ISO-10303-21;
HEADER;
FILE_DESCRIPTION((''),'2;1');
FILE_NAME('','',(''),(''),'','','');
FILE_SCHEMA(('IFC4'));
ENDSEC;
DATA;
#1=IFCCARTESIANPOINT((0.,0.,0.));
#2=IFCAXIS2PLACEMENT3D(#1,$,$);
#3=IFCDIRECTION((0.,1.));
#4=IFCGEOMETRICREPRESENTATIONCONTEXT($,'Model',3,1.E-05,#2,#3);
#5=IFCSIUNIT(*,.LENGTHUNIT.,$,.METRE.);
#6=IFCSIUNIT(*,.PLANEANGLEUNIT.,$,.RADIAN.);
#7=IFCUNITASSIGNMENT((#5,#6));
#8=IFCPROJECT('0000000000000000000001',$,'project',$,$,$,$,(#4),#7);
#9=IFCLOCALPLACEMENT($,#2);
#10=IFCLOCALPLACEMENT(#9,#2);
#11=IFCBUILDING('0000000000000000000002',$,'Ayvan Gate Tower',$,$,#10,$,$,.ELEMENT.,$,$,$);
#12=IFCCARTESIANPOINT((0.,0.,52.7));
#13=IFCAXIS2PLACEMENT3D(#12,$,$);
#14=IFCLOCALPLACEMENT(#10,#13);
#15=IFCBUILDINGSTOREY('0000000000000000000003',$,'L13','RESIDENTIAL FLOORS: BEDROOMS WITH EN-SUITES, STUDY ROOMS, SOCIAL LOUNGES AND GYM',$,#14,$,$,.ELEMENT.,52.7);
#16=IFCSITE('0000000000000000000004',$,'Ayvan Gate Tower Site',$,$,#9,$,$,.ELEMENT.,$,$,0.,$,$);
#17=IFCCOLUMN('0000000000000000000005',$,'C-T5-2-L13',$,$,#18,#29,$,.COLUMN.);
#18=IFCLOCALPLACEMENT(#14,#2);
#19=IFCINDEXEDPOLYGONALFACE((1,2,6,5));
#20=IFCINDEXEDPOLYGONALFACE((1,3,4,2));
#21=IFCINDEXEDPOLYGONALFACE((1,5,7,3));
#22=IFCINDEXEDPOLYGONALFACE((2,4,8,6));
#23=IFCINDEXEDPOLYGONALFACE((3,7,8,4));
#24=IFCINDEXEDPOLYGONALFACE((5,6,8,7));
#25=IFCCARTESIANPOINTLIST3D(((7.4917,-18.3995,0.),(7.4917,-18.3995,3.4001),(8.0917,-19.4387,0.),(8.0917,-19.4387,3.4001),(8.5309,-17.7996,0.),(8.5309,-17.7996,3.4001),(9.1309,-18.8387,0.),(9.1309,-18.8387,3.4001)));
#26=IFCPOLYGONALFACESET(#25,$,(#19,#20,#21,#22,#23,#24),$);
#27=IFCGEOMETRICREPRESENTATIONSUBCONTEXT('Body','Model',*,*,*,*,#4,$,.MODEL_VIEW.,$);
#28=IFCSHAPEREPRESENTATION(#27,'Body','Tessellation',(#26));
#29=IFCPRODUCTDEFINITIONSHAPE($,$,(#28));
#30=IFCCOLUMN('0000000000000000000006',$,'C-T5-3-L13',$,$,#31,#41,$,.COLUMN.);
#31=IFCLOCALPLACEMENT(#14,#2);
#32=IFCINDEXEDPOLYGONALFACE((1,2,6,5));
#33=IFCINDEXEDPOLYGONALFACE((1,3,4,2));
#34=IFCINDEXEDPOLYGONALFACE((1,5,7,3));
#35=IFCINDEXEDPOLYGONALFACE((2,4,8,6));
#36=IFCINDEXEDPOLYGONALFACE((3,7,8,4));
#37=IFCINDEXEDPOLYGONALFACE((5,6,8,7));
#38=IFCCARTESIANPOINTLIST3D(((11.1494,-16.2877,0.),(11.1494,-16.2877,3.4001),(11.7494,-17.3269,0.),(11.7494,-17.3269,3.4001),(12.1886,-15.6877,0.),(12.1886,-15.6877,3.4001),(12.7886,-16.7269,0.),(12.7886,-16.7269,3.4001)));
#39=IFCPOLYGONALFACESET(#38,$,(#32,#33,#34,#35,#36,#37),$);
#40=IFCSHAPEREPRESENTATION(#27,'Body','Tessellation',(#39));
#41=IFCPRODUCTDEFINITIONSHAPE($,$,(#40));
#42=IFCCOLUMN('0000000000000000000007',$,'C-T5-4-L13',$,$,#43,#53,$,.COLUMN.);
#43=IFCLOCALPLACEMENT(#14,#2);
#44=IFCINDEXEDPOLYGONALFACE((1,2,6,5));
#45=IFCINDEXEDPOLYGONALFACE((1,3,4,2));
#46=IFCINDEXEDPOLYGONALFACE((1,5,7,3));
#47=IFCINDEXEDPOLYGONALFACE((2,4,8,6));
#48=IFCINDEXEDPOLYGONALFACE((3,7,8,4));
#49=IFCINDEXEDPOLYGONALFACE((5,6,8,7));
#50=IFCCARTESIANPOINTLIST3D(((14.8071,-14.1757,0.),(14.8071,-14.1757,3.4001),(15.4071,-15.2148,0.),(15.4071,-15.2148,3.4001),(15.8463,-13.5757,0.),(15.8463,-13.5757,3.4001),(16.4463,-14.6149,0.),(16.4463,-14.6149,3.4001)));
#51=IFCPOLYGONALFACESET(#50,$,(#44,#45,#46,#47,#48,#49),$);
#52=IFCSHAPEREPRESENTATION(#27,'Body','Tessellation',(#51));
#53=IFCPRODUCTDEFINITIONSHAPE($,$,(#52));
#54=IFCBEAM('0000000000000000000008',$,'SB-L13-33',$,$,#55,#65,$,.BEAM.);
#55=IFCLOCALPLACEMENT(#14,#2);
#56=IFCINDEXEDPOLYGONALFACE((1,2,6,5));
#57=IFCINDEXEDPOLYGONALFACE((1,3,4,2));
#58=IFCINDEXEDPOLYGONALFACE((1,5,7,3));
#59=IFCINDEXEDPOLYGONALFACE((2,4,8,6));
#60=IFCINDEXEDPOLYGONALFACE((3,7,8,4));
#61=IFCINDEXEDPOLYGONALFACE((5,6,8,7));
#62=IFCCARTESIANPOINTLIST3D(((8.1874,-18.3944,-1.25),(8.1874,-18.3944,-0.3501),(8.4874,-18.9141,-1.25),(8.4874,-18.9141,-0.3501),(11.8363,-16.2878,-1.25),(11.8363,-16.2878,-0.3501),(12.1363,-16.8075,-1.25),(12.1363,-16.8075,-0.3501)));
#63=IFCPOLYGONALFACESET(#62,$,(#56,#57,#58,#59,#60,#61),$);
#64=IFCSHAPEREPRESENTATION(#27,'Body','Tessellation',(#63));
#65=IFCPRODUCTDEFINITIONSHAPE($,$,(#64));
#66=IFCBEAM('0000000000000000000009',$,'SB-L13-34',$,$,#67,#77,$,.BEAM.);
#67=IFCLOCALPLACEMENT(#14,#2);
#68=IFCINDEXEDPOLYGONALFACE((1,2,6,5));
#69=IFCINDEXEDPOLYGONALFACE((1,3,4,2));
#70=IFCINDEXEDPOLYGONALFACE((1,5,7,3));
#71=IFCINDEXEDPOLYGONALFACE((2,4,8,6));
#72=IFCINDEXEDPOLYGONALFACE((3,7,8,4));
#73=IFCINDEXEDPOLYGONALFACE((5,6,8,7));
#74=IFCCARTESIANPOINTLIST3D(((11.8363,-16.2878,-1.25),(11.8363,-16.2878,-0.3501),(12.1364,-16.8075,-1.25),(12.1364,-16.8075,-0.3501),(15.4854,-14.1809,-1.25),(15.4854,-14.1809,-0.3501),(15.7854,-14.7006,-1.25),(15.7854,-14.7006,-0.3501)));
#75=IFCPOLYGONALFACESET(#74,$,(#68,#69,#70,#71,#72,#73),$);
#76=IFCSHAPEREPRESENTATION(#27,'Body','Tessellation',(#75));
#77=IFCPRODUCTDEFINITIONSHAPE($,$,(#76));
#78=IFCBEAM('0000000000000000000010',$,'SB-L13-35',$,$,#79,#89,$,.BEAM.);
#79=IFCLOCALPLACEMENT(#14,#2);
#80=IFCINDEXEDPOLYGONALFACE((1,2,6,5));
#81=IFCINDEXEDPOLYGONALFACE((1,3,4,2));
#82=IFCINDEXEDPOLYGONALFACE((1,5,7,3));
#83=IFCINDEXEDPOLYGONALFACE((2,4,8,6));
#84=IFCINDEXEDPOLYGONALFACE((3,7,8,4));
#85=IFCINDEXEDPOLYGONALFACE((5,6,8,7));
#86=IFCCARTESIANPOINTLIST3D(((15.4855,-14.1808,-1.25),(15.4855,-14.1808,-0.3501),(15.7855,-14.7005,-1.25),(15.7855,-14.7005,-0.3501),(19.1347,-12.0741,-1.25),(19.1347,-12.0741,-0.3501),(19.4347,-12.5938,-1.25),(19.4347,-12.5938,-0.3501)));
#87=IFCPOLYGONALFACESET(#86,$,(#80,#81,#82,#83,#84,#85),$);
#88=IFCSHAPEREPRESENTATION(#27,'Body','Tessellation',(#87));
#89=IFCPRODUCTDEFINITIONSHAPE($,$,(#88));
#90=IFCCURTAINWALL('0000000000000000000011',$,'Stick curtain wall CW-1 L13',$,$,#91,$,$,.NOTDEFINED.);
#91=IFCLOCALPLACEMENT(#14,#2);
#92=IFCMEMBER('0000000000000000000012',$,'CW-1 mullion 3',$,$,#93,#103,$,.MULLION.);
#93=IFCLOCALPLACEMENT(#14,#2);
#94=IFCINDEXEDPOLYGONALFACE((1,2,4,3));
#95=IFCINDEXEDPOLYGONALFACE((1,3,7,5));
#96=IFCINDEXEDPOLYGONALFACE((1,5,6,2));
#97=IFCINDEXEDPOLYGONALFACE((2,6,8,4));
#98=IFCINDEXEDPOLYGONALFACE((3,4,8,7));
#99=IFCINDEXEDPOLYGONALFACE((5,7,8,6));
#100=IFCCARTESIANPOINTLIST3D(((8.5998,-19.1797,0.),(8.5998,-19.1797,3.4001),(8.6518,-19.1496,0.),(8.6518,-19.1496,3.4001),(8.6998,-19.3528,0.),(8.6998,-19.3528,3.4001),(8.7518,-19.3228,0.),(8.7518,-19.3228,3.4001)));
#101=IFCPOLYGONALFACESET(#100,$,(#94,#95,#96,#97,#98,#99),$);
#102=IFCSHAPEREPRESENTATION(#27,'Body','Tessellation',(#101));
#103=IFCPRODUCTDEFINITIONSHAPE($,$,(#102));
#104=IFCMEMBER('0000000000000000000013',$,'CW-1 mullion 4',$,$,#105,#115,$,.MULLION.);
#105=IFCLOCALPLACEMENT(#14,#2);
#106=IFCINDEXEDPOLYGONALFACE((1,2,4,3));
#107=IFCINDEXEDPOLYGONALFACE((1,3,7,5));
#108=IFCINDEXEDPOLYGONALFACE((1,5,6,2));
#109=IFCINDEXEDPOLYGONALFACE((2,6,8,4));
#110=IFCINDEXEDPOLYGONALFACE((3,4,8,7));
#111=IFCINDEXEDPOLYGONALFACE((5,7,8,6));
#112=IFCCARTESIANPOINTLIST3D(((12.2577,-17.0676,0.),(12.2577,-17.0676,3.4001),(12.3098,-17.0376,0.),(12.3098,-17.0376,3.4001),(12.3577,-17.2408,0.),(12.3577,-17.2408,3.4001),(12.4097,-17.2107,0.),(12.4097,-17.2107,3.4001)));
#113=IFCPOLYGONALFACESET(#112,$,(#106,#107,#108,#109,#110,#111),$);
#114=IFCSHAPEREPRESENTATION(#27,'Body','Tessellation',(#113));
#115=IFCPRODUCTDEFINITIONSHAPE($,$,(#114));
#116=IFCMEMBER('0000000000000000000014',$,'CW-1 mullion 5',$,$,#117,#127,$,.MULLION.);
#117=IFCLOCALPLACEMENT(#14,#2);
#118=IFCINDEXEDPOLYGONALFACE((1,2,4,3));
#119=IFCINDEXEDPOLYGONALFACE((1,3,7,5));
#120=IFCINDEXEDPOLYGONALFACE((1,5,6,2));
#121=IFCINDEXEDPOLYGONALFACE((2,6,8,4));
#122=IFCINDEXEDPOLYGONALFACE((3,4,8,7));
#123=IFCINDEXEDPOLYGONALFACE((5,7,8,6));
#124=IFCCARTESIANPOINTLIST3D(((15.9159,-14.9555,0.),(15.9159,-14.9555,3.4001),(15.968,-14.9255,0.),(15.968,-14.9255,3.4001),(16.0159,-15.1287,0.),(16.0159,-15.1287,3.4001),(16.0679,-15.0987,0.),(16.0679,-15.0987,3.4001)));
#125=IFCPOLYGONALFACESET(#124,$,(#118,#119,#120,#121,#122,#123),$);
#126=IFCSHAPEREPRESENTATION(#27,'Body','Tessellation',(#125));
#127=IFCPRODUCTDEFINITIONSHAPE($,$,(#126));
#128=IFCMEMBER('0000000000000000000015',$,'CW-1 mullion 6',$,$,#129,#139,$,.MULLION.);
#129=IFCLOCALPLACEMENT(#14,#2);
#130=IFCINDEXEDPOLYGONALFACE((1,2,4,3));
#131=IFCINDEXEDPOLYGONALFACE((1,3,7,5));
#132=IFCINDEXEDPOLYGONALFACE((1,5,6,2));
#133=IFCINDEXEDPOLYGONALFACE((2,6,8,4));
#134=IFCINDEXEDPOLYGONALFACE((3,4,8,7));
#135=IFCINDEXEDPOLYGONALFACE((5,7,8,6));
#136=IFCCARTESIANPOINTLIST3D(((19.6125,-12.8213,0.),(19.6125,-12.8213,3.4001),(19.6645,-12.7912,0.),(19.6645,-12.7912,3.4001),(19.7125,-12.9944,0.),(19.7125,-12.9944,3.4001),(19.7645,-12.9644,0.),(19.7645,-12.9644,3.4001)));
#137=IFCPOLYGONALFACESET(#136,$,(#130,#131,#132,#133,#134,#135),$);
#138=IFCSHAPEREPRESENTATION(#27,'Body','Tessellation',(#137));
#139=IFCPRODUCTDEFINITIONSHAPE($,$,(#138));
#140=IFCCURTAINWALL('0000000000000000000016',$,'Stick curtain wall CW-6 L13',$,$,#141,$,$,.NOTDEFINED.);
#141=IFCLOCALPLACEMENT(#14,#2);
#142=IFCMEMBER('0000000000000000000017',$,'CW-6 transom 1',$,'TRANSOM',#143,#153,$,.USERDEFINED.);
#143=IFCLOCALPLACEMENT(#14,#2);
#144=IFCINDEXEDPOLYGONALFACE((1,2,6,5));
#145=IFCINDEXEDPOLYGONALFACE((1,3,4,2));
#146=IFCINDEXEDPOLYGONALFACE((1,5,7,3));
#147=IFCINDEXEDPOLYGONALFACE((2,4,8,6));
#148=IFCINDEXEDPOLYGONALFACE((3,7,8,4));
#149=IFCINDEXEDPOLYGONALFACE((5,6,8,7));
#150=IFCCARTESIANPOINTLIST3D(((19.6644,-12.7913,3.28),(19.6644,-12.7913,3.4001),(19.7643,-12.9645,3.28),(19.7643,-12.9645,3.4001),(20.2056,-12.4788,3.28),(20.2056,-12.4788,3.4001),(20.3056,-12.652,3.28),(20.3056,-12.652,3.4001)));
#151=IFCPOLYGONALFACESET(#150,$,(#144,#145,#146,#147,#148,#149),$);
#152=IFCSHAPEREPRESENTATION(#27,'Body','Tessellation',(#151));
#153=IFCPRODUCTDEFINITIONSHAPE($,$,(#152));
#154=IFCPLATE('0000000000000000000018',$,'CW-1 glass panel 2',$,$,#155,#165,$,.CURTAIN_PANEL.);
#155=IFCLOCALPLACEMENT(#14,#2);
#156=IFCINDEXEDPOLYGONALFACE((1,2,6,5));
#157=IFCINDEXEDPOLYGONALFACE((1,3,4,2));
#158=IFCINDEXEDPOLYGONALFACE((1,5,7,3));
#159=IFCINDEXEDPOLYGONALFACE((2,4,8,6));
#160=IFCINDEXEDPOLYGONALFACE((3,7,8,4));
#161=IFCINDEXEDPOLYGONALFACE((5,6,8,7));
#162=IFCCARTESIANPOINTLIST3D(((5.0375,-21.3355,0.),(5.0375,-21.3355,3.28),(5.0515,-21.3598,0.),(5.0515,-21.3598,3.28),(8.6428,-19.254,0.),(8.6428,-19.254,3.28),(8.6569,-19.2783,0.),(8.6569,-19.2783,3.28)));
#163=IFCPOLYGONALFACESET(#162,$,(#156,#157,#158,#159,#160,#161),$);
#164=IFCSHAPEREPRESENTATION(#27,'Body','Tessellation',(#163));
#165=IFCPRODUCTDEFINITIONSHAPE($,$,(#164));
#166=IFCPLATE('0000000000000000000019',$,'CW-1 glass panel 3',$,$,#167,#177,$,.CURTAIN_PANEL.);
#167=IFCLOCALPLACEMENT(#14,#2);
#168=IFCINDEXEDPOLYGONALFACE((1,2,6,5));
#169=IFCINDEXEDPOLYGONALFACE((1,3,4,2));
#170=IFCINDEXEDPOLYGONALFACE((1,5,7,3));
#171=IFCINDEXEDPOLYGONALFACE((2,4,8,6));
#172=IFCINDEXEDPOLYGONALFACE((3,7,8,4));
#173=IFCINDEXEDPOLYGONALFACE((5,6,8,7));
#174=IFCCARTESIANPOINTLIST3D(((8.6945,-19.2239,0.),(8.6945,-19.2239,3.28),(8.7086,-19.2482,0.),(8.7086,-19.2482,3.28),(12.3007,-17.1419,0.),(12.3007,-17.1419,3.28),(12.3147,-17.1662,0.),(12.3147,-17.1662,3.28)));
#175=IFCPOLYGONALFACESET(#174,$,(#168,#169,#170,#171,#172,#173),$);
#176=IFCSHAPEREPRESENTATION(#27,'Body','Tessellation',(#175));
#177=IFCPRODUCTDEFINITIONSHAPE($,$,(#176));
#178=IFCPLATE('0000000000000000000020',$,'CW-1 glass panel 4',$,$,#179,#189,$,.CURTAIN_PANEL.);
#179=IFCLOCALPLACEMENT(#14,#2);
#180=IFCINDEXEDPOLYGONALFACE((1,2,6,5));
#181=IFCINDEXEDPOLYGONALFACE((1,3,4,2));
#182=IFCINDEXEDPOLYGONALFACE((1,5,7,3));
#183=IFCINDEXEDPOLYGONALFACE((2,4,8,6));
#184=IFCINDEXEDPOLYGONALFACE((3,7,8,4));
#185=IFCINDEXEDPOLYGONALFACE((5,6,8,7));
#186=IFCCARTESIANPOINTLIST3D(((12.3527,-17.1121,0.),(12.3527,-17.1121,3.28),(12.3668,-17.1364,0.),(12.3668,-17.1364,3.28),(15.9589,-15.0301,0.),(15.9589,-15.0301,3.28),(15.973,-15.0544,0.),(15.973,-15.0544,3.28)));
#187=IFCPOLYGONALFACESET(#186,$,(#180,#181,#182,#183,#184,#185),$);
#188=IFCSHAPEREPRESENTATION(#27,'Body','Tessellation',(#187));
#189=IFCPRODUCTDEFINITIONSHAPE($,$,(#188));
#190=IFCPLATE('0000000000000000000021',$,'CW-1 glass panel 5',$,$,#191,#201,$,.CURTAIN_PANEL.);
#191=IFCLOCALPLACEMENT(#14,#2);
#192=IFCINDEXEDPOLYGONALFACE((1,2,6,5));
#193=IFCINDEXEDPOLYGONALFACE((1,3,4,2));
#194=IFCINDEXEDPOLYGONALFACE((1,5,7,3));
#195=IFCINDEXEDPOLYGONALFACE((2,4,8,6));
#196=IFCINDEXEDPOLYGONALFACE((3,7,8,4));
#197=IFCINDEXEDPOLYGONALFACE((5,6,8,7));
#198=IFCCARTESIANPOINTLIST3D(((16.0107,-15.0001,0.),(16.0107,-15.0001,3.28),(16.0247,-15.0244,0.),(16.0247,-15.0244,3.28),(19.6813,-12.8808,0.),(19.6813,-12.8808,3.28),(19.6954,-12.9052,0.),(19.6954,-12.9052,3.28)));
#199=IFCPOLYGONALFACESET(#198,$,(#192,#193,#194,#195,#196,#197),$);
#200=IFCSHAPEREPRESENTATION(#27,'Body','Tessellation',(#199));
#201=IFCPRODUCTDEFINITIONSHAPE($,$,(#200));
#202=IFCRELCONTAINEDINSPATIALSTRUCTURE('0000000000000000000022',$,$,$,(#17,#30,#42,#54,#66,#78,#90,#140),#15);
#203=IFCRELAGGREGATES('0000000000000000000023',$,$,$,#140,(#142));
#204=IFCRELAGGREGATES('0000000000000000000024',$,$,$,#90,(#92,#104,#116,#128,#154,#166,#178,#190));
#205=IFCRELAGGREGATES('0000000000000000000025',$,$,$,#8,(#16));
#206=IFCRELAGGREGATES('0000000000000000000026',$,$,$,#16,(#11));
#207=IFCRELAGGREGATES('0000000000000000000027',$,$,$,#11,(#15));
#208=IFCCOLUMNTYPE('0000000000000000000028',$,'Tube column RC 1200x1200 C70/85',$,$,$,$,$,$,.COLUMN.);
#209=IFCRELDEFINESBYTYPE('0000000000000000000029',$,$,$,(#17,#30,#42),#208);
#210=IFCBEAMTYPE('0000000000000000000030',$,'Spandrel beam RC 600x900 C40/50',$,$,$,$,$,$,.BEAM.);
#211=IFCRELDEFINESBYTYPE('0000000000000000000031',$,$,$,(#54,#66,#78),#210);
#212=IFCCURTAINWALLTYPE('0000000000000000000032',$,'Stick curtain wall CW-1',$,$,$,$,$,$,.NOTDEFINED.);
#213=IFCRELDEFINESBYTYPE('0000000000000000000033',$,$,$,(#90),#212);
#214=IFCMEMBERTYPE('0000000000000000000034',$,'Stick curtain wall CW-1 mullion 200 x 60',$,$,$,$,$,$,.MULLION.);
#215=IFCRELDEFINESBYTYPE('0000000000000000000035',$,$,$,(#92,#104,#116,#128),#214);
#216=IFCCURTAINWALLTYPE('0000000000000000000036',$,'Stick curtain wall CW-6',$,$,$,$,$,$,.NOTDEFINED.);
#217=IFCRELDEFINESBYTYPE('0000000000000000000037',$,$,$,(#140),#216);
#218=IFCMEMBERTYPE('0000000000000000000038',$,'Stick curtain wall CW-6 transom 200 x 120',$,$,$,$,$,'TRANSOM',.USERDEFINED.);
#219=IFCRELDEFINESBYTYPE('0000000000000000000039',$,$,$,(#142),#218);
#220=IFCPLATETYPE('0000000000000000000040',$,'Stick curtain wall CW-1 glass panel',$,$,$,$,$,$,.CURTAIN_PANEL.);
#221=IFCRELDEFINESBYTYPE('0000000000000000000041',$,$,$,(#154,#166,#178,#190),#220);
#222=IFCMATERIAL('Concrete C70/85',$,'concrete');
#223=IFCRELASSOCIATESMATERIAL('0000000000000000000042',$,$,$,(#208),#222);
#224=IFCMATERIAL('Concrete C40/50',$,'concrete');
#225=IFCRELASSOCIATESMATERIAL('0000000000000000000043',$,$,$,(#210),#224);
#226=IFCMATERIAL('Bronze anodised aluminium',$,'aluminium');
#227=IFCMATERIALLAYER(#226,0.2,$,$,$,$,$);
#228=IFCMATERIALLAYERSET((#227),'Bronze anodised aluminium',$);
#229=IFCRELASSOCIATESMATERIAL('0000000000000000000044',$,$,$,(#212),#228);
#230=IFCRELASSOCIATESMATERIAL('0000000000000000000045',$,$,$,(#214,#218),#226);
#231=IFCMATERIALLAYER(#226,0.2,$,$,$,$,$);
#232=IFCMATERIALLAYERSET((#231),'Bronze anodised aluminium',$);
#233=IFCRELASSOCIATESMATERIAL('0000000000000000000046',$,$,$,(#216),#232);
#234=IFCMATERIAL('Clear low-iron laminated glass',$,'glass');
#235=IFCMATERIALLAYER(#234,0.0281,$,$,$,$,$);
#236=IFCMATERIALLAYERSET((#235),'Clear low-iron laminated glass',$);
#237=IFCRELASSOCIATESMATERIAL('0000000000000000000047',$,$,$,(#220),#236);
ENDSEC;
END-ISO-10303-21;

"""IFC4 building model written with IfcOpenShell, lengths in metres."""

from ifc_helpers import new_model, si_unit, direction, frame, origin, origin_2d, place, context, subcontext, project, spatial, rectangle, extrude, material, layer, layer_set, material_profile, profile_set, type_object, element, aggregate, save


model = new_model("IFC4")

# Units and contexts
model_context = context("Model", 3, precision=1e-05, world=origin(), true_north=direction((0.0, 1.0)))
body_context = subcontext(model_context, "Body", "Model", "MODEL_VIEW")
ifc_project = project(units=[si_unit("LENGTHUNIT", "METRE"), si_unit("PLANEANGLEUNIT", "RADIAN")], contexts=[model_context])

# Site, building, storey
site_placement = place(None, origin())
site = spatial("IfcSite", under=ifc_project, at=site_placement, Name="Ayvan Gate Tower Site", CompositionType="ELEMENT", RefElevation=0.0)
building_placement = place(site_placement, origin())
building = spatial("IfcBuilding", under=site, at=building_placement, Name="Ayvan Gate Tower", CompositionType="ELEMENT")
storey_placement = place(building_placement, frame((0.0, 0.0, 52.7)))
storey = spatial("IfcBuildingStorey", under=building, at=storey_placement, Name="L13", Description="RESIDENTIAL FLOORS: BEDROOMS WITH EN-SUITES, STUDY ROOMS, SOCIAL LOUNGES AND GYM", CompositionType="ELEMENT", Elevation=52.7)

# Columns
ifc_material_1 = material(Name="Concrete C70/85", Category="concrete")
ifc_material_profile_1 = material_profile(ifc_material_1, rectangle(XDim=1.2, YDim=1.2, at=origin_2d()), Name="RC 1200x1200")
ifc_profile_set_1 = profile_set([ifc_material_profile_1], Name="Concrete C70/85")
column_type = type_object("IfcColumnType", Name="Tube column RC 1200x1200 C70/85", PredefinedType="COLUMN", material=ifc_profile_set_1)
for number, where, z_axis, x_axis, name in (
    (1, (8.3113, -18.6191, 0.0), (0.0, 0.0, 1.0), (0.5, -0.866025, 0.0), "C-T5-2-L13"),
    (2, (11.969, -16.5073, 0.0), (0.0, 0.0, 1.0), (0.5, -0.866025, 0.0), "C-T5-3-L13"),
    (3, (15.6267, -14.3953, 0.0), (0.0, 0.0, 1.0), (0.5, -0.866025, 0.0), "C-T5-4-L13"),
):
    element("IfcColumn", number, at=place(storey_placement, frame(where, z_axis=z_axis, x_axis=x_axis)), inside=storey, type_object=column_type, Name=name, PredefinedType="COLUMN", context=body_context, shape_type="SweptSolid", body=[
        extrude(rectangle(XDim=1.2, YDim=1.2, at=origin_2d()), origin(), (0.0, 0.0, 1.0), 3.4001),
    ])

# Beams
ifc_material_2 = material(Name="Concrete C40/50", Category="concrete")
ifc_material_profile_2 = material_profile(ifc_material_2, rectangle(XDim=0.6001, YDim=0.8999, at=origin_2d()), Name="RC 600x900")
ifc_profile_set_2 = profile_set([ifc_material_profile_2], Name="Concrete C40/50")
beam_type = type_object("IfcBeamType", Name="Spandrel beam RC 600x900 C40/50", PredefinedType="BEAM", material=ifc_profile_set_2)
beam_placement = place(storey_placement, frame((8.3374, -18.6543, -0.8), z_axis=(0.866027, 0.499997, 0.0), x_axis=(-0.499997, 0.866027, 0.0)))
element("IfcBeam", 4, at=beam_placement, inside=storey, type_object=beam_type, Name="SB-L13-33", PredefinedType="BEAM", context=body_context, shape_type="SweptSolid", body=[
    extrude(rectangle(XDim=0.6001, YDim=0.8999, at=origin_2d()), origin(), (0.0, 0.0, 1.0), 4.2134),
])
for number, where, z_axis, x_axis, name in (
    (5, (11.9863, -16.5476, -0.8), (0.866017, 0.500015, 0.0), (-0.500015, 0.866017, 0.0), "SB-L13-34"),
    (6, (15.6355, -14.4407, -0.8), (0.866042, 0.499972, 0.0), (-0.499972, 0.866042, 0.0), "SB-L13-35"),
):
    element("IfcBeam", number, at=place(storey_placement, frame(where, z_axis=z_axis, x_axis=x_axis)), inside=storey, type_object=beam_type, Name=name, PredefinedType="BEAM", context=body_context, shape_type="SweptSolid", body=[
        extrude(rectangle(XDim=0.6001, YDim=0.8999, at=origin_2d()), origin(), (0.0, 0.0, 1.0), 4.2136),
    ])

# Curtain wall, members
ifc_material_3 = material(Name="Bronze anodised aluminium", Category="aluminium")
ifc_layer_1 = layer(ifc_material_3, 0.2)
ifc_layer_set_1 = layer_set([ifc_layer_1], Name="Bronze anodised aluminium")
curtain_wall_type_1 = type_object("IfcCurtainWallType", Name="Stick curtain wall CW-1", PredefinedType="NOTDEFINED", material=ifc_layer_set_1)
curtain_wall_1_placement = place(storey_placement, origin())
curtain_wall_1 = element("IfcCurtainWall", 7, at=curtain_wall_1_placement, inside=storey, type_object=curtain_wall_type_1, Name="Stick curtain wall CW-1 L13", PredefinedType="NOTDEFINED")
ifc_material_profile_3 = material_profile(ifc_material_3, rectangle(XDim=0.2, YDim=0.0601, at=origin_2d()), Name="Stick curtain wall CW-1 mullion 200 x 60")
ifc_profile_set_3 = profile_set([ifc_material_profile_3], Name="Bronze anodised aluminium")
member_type_1 = type_object("IfcMemberType", Name="Stick curtain wall CW-1 mullion 200 x 60", PredefinedType="MULLION", material=ifc_profile_set_3)
member_1_placement = place(storey_placement, frame((8.6758, -19.2512, 0.0), z_axis=(0.0, 0.0, 1.0), x_axis=(0.5, -0.866025, 0.0)))
member_1 = element("IfcMember", 8, at=member_1_placement, type_object=member_type_1, Name="CW-1 mullion 3", PredefinedType="MULLION", context=body_context, shape_type="SweptSolid", body=[
    extrude(rectangle(XDim=0.2, YDim=0.0601, at=origin_2d()), origin(), (0.0, 0.0, 1.0), 3.4001),
])
member_2_placement = place(storey_placement, frame((12.3337, -17.1392, 0.0), z_axis=(0.0, 0.0, 1.0), x_axis=(0.5, -0.866025, 0.0)))
member_2 = element("IfcMember", 9, at=member_2_placement, type_object=member_type_1, Name="CW-1 mullion 4", PredefinedType="MULLION", context=body_context, shape_type="SweptSolid", body=[
    extrude(rectangle(XDim=0.2, YDim=0.0601, at=origin_2d()), origin(), (0.0, 0.0, 1.0), 3.4001),
])
member_3_placement = place(storey_placement, frame((15.9919, -15.0271, 0.0), z_axis=(0.0, 0.0, 1.0), x_axis=(0.5, -0.866025, 0.0)))
member_3 = element("IfcMember", 10, at=member_3_placement, type_object=member_type_1, Name="CW-1 mullion 5", PredefinedType="MULLION", context=body_context, shape_type="SweptSolid", body=[
    extrude(rectangle(XDim=0.2, YDim=0.0601, at=origin_2d()), origin(), (0.0, 0.0, 1.0), 3.4001),
])
member_4_placement = place(storey_placement, frame((19.6885, -12.8928, 0.0), z_axis=(0.0, 0.0, 1.0), x_axis=(0.5, -0.866025, 0.0)))
member_4 = element("IfcMember", 11, at=member_4_placement, type_object=member_type_1, Name="CW-1 mullion 6", PredefinedType="MULLION", context=body_context, shape_type="SweptSolid", body=[
    extrude(rectangle(XDim=0.2, YDim=0.0601, at=origin_2d()), origin(), (0.0, 0.0, 1.0), 3.4001),
])

# Curtain wall, member
ifc_layer_2 = layer(ifc_material_3, 0.2)
ifc_layer_set_2 = layer_set([ifc_layer_2], Name="Bronze anodised aluminium")
curtain_wall_type_2 = type_object("IfcCurtainWallType", Name="Stick curtain wall CW-6", PredefinedType="NOTDEFINED", material=ifc_layer_set_2)
curtain_wall_2_placement = place(storey_placement, origin())
curtain_wall_2 = element("IfcCurtainWall", 12, at=curtain_wall_2_placement, inside=storey, type_object=curtain_wall_type_2, Name="Stick curtain wall CW-6 L13", PredefinedType="NOTDEFINED")
ifc_material_profile_4 = material_profile(ifc_material_3, rectangle(XDim=0.2, YDim=0.1201, at=origin_2d()), Name="Stick curtain wall CW-6 transom 200 x 120")
ifc_profile_set_4 = profile_set([ifc_material_profile_4], Name="Bronze anodised aluminium")
member_type_2 = type_object("IfcMemberType", Name="Stick curtain wall CW-6 transom 200 x 120", ElementType="TRANSOM", PredefinedType="USERDEFINED", material=ifc_profile_set_4)
member_5_placement = place(storey_placement, frame((19.7144, -12.8779, 3.3401), z_axis=(0.866023, 0.500004, 0.0), x_axis=(-0.500004, 0.866023, 0.0)))
member_5 = element("IfcMember", 13, at=member_5_placement, type_object=member_type_2, Name="CW-6 transom 1", ObjectType="TRANSOM", PredefinedType="USERDEFINED", context=body_context, shape_type="SweptSolid", body=[
    extrude(rectangle(XDim=0.2, YDim=0.1201, at=origin_2d()), origin(), (0.0, 0.0, 1.0), 0.625),
])
aggregate(curtain_wall_2, [member_5])

# Plates
ifc_material_4 = material(Name="Clear low-iron laminated glass", Category="glass")
ifc_layer_3 = layer(ifc_material_4, 0.0281)
ifc_layer_set_3 = layer_set([ifc_layer_3], Name="Clear low-iron laminated glass")
plate_type = type_object("IfcPlateType", Name="Stick curtain wall CW-1 glass panel", PredefinedType="CURTAIN_PANEL", material=ifc_layer_set_3)
plate_1_placement = place(storey_placement, frame((6.8472, -20.3069, 0.0), z_axis=(0.0, 0.0, 1.0), x_axis=(0.866025, 0.5, 0.0)))
plate_1 = element("IfcPlate", 14, at=plate_1_placement, type_object=plate_type, Name="CW-1 glass panel 2", PredefinedType="CURTAIN_PANEL", context=body_context, shape_type="SweptSolid", body=[
    extrude(rectangle(XDim=4.1631, YDim=0.0281, at=origin_2d()), origin(), (0.0, 0.0, 1.0), 3.28),
])
plate_2_placement = place(storey_placement, frame((10.5046, -18.1951, 0.0), z_axis=(0.0, 0.0, 1.0), x_axis=(0.866025, 0.5, 0.0)))
plate_2 = element("IfcPlate", 15, at=plate_2_placement, type_object=plate_type, Name="CW-1 glass panel 3", PredefinedType="CURTAIN_PANEL", context=body_context, shape_type="SweptSolid", body=[
    extrude(rectangle(XDim=4.1641, YDim=0.0281, at=origin_2d()), origin(), (0.0, 0.0, 1.0), 3.28),
])
plate_3_placement = place(storey_placement, frame((14.1628, -16.0833, 0.0), z_axis=(0.0, 0.0, 1.0), x_axis=(0.866025, 0.5, 0.0)))
plate_3 = element("IfcPlate", 16, at=plate_3_placement, type_object=plate_type, Name="CW-1 glass panel 4", PredefinedType="CURTAIN_PANEL", context=body_context, shape_type="SweptSolid", body=[
    extrude(rectangle(XDim=4.1641, YDim=0.0281, at=origin_2d()), origin(), (0.0, 0.0, 1.0), 3.28),
])
plate_4_placement = place(storey_placement, frame((17.853, -13.9526, 0.0), z_axis=(0.0, 0.0, 1.0), x_axis=(0.866025, 0.5, 0.0)))
plate_4 = element("IfcPlate", 17, at=plate_4_placement, type_object=plate_type, Name="CW-1 glass panel 5", PredefinedType="CURTAIN_PANEL", context=body_context, shape_type="SweptSolid", body=[
    extrude(rectangle(XDim=4.2385, YDim=0.0281, at=origin_2d()), origin(), (0.0, 0.0, 1.0), 3.28),
])
aggregate(curtain_wall_1, [member_1, member_2, member_3, member_4, plate_1, plate_2, plate_3, plate_4])

save(model, "model.ifc")
